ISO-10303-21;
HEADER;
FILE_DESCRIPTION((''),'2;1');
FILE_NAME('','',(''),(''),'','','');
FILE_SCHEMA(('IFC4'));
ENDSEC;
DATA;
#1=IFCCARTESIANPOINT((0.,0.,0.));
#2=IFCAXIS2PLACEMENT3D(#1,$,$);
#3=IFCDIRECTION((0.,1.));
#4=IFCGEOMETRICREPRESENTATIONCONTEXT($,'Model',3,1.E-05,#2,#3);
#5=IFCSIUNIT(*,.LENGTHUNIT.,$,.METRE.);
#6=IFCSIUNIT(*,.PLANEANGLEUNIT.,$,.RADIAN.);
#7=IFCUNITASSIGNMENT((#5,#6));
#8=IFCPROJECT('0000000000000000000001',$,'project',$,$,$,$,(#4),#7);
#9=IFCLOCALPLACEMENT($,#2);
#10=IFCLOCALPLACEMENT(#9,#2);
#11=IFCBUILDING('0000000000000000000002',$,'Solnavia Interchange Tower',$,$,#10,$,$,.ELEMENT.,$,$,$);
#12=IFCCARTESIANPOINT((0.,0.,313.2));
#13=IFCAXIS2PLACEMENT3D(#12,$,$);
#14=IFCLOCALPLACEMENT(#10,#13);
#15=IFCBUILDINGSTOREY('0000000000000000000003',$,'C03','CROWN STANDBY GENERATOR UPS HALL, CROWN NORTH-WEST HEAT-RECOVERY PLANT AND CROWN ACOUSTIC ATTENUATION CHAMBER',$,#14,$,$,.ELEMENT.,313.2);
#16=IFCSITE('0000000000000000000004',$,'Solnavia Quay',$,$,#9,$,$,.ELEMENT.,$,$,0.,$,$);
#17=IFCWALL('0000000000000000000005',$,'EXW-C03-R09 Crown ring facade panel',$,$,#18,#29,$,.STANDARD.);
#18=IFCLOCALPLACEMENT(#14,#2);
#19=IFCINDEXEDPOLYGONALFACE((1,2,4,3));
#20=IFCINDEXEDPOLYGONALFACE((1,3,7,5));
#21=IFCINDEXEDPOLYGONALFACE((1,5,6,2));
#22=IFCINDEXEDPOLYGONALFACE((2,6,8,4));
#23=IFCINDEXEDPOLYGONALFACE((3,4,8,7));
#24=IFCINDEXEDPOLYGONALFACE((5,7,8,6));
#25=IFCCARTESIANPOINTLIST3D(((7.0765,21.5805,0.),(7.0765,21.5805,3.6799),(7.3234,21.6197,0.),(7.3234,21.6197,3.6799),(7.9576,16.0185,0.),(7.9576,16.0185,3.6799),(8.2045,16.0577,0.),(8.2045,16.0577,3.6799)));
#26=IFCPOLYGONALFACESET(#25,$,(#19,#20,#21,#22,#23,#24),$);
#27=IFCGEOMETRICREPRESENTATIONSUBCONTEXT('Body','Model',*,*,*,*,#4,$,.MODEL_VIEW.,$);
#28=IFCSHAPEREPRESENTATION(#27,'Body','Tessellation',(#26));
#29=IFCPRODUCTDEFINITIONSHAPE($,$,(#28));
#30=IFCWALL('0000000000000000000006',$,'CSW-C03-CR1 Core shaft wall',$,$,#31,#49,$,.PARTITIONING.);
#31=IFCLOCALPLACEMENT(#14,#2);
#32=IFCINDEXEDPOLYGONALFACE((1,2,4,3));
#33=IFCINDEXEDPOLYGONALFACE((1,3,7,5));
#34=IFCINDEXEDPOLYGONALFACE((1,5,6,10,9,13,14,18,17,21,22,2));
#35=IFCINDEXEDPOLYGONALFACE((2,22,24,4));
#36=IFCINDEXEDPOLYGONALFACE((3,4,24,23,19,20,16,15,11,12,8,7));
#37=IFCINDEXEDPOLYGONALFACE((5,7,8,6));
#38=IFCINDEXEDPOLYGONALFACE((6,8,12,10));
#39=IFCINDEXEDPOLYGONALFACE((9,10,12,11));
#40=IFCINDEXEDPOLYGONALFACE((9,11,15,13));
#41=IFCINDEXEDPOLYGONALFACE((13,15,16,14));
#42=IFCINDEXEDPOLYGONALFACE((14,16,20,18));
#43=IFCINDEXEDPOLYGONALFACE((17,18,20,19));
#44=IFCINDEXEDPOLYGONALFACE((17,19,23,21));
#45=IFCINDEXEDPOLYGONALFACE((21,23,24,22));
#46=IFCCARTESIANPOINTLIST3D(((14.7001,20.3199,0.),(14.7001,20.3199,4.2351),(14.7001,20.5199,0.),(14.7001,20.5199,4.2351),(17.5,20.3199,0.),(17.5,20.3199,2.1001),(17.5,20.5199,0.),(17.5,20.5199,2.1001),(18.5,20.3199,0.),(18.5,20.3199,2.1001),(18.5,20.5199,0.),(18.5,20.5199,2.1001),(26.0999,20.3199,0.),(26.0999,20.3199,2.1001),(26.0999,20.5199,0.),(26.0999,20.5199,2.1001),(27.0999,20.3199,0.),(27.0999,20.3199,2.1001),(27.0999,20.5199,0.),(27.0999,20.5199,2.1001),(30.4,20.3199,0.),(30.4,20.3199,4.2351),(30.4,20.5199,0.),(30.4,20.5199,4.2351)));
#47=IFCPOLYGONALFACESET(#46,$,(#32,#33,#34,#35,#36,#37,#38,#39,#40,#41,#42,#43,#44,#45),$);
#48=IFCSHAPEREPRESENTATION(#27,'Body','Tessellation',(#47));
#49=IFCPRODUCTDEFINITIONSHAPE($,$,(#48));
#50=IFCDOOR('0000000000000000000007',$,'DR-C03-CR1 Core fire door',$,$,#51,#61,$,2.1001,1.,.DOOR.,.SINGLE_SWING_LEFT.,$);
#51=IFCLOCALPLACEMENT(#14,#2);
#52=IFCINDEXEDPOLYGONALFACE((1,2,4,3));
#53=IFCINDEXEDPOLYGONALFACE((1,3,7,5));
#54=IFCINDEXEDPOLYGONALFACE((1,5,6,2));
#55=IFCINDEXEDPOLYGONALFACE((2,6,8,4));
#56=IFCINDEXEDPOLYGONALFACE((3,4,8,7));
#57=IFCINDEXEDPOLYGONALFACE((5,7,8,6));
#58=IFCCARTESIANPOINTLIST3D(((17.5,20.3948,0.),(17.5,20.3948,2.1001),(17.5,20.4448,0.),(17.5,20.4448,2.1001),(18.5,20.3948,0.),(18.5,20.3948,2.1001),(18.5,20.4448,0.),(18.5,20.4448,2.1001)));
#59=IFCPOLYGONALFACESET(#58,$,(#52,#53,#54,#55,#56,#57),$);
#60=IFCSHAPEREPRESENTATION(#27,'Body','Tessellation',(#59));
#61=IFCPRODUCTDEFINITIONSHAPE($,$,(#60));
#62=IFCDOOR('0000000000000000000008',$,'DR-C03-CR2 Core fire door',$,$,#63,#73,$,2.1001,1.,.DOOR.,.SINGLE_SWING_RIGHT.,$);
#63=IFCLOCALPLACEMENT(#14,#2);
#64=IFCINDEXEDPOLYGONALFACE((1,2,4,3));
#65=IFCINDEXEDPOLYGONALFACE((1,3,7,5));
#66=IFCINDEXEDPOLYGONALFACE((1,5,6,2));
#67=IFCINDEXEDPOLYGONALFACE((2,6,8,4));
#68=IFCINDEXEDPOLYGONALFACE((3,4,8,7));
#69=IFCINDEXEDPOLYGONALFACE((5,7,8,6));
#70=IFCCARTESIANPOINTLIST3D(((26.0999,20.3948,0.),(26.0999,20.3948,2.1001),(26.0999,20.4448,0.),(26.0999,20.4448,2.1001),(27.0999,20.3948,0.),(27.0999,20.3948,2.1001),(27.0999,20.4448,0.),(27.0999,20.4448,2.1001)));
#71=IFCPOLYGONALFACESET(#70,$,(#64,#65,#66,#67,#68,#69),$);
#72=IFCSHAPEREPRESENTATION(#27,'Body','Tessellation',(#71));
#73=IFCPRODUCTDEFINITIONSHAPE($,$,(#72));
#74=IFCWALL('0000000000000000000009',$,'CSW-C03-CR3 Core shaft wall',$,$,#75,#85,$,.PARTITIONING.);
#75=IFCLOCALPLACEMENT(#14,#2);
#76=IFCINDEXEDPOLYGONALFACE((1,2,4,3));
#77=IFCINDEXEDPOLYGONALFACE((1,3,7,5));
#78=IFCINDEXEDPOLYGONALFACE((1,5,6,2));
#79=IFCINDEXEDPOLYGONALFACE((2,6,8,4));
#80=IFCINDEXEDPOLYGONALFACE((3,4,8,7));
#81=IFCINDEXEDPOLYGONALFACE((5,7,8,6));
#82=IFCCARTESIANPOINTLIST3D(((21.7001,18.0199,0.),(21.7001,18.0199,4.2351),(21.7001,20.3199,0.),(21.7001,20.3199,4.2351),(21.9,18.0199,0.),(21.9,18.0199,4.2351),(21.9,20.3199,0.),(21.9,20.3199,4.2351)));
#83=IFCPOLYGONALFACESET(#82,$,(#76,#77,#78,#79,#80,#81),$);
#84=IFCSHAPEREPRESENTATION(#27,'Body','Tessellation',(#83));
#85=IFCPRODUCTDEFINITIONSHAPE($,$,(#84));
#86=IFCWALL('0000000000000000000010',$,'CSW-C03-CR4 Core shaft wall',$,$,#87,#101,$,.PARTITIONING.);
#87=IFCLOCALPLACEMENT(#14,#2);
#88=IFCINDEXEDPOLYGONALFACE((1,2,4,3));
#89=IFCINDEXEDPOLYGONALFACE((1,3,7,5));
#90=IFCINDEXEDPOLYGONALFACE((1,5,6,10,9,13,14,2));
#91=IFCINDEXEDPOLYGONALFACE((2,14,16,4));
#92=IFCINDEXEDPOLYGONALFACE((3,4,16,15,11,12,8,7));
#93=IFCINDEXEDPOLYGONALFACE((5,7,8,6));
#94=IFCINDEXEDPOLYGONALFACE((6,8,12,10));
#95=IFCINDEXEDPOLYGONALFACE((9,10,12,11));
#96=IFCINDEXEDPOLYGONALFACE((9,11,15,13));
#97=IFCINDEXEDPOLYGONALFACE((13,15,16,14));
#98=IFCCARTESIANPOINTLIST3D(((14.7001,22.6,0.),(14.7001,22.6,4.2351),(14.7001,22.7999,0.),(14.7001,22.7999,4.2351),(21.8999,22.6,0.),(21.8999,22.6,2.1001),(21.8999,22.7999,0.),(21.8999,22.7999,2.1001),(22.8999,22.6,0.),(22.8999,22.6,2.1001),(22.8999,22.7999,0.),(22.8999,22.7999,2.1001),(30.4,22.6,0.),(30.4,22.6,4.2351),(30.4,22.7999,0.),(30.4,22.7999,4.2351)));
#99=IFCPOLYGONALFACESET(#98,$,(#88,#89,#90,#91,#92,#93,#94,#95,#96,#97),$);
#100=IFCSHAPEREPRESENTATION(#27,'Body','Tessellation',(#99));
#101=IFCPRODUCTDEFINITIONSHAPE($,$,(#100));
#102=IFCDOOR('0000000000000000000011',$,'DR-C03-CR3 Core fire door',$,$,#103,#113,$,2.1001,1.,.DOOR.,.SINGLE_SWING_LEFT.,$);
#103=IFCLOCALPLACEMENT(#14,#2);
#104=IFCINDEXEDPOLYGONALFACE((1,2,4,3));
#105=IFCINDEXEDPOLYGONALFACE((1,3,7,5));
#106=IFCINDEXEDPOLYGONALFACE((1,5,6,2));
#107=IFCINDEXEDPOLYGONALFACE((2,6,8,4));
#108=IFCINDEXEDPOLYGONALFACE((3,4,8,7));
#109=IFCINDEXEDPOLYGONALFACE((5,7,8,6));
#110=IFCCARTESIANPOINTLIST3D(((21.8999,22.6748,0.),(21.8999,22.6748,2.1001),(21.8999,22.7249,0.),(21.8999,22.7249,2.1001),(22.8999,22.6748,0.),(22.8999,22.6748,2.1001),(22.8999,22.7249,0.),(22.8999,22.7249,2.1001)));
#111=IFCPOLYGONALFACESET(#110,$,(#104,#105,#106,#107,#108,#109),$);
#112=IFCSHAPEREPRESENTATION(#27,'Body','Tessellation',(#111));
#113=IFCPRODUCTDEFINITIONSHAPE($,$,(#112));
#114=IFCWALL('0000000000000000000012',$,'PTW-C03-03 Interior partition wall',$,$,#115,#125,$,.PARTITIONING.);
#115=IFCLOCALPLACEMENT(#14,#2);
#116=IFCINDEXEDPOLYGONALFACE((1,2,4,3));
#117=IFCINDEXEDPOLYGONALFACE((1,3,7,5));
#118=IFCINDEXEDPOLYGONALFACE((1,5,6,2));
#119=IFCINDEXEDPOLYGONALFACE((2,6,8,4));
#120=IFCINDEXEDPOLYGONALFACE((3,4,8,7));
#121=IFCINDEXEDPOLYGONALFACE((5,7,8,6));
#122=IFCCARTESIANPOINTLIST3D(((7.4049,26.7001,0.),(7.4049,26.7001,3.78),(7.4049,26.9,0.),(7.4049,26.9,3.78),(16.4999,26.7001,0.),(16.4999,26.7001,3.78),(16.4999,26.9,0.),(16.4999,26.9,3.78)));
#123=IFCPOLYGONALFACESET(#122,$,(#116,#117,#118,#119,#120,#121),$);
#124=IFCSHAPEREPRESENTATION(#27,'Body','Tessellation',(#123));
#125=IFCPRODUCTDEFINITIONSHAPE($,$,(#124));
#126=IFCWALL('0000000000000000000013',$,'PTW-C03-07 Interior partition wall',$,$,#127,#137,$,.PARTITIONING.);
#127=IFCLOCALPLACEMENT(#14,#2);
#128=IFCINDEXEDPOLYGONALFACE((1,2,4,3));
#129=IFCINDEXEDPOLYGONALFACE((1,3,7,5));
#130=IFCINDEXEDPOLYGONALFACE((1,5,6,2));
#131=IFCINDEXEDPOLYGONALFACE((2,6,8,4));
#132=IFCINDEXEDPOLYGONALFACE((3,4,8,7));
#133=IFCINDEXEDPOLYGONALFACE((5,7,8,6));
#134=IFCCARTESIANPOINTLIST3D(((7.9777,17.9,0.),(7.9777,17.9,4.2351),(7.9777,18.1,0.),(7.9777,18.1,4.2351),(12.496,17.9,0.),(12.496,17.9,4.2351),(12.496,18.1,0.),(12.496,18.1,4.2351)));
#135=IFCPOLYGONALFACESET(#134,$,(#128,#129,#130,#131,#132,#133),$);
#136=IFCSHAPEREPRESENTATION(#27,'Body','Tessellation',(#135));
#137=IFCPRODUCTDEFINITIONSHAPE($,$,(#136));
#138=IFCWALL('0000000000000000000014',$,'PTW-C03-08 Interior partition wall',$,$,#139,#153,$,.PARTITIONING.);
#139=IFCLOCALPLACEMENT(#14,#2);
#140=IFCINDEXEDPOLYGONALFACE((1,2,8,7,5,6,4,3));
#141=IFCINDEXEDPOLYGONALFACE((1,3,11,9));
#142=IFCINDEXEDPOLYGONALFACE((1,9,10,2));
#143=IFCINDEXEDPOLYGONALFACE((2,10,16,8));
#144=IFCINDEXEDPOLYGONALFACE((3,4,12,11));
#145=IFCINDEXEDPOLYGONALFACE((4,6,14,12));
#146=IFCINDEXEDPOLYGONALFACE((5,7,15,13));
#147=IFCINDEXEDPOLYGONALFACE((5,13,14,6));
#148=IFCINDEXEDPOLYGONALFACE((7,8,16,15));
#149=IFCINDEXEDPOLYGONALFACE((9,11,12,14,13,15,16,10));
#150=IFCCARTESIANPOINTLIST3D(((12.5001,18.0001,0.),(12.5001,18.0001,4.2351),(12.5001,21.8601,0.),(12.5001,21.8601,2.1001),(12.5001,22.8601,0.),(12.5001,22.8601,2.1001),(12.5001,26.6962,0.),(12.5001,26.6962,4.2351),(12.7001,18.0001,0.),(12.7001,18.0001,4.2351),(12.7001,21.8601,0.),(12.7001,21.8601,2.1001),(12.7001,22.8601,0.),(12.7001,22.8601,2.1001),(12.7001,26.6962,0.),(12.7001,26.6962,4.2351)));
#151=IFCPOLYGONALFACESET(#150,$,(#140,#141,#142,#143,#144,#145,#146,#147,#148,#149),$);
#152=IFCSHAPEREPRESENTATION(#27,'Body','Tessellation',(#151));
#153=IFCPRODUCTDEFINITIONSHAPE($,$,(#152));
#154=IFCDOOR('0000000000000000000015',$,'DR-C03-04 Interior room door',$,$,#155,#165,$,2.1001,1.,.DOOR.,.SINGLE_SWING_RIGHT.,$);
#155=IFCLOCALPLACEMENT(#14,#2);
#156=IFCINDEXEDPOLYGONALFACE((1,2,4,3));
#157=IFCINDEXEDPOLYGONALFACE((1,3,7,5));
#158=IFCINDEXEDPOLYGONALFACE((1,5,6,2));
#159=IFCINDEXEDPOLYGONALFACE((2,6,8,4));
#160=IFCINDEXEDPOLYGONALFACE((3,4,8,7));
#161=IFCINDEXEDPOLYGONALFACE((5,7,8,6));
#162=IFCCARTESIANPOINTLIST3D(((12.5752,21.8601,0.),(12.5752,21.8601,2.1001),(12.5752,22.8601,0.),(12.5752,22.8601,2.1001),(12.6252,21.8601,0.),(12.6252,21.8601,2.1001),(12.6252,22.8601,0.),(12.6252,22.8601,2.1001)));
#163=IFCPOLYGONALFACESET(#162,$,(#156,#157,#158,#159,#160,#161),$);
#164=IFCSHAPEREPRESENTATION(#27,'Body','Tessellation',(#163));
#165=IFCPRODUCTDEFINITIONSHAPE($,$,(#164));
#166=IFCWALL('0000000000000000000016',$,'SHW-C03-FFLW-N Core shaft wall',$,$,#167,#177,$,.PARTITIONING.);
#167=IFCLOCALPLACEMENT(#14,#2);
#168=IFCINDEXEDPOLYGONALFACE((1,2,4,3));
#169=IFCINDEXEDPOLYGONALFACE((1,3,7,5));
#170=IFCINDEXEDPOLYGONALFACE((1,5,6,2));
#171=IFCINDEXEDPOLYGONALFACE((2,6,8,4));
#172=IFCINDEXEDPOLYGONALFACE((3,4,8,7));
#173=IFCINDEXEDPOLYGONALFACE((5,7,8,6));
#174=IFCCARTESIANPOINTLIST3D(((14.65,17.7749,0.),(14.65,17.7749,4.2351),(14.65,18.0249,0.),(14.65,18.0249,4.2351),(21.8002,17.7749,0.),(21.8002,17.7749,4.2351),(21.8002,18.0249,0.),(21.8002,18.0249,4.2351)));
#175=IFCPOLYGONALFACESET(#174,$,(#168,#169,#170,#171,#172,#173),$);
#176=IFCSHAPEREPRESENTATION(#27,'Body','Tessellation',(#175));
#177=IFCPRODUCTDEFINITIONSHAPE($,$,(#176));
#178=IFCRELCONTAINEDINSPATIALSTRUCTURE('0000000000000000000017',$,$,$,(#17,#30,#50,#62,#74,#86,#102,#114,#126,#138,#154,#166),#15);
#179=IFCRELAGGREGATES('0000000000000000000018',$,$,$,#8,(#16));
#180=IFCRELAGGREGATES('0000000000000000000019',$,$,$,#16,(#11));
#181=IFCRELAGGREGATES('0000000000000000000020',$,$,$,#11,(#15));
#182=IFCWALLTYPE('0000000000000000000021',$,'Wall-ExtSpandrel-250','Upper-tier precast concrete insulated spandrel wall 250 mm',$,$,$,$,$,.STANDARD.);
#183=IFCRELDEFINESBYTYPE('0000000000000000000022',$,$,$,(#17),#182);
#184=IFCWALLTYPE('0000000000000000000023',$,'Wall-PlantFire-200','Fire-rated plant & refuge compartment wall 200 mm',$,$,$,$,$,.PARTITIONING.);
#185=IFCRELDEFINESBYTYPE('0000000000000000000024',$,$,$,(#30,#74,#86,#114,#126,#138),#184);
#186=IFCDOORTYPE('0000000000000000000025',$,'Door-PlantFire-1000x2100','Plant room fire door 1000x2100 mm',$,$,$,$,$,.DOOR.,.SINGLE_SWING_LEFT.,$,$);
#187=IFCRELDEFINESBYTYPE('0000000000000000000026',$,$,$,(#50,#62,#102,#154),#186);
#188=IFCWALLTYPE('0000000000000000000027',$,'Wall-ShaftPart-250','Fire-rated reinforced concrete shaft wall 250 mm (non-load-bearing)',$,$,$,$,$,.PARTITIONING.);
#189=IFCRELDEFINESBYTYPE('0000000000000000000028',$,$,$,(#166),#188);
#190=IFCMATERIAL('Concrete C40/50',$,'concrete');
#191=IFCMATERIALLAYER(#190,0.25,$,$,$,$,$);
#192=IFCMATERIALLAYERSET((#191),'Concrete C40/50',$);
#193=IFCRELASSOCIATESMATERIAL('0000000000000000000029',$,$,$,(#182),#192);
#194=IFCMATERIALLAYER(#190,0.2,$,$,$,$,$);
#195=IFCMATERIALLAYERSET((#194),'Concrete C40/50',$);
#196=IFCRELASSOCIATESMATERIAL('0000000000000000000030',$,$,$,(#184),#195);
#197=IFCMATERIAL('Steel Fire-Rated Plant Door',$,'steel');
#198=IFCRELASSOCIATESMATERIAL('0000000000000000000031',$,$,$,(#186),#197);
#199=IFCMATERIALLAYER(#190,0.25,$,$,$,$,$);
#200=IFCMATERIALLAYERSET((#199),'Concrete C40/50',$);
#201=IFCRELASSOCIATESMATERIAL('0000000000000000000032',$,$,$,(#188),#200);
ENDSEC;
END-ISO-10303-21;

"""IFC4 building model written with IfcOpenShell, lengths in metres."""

from ifc_helpers import new_model, si_unit, direction, frame, frame_2d, origin, place, context, subcontext, project, spatial, rectangle, extrude, material, layer, layer_set, type_object, element, fill, save


model = new_model("IFC4")

# Units and contexts
model_context = context("Model", 3, precision=1e-05, world=origin(), true_north=direction((0.0, 1.0)))
body_context = subcontext(model_context, "Body", "Model", "MODEL_VIEW")
ifc_project = project(units=[si_unit("LENGTHUNIT", "METRE"), si_unit("PLANEANGLEUNIT", "RADIAN")], contexts=[model_context])

# Site, building, storey
site_placement = place(None, origin())
site = spatial("IfcSite", under=ifc_project, at=site_placement, Name="Solnavia Quay", CompositionType="ELEMENT", RefElevation=0.0)
building_placement = place(site_placement, origin())
building = spatial("IfcBuilding", under=site, at=building_placement, Name="Solnavia Interchange Tower", CompositionType="ELEMENT")
storey_placement = place(building_placement, frame((0.0, 0.0, 313.2)))
storey = spatial("IfcBuildingStorey", under=building, at=storey_placement, Name="C03", Description="CROWN STANDBY GENERATOR UPS HALL, CROWN NORTH-WEST HEAT-RECOVERY PLANT AND CROWN ACOUSTIC ATTENUATION CHAMBER", CompositionType="ELEMENT", Elevation=313.2)

# Wall
ifc_material_1 = material(Name="Concrete C40/50", Category="concrete")
ifc_layer_1 = layer(ifc_material_1, 0.25)
ifc_layer_set_1 = layer_set([ifc_layer_1], Name="Concrete C40/50")
wall_type_1 = type_object("IfcWallType", Name="Wall-ExtSpandrel-250", Description="Upper-tier precast concrete insulated spandrel wall 250 mm", PredefinedType="STANDARD", material=ifc_layer_set_1)
wall_1_placement = place(storey_placement, frame((7.2, 21.6001, 0.0), z_axis=(0.0, 0.0, 1.0), x_axis=(0.156463, -0.987684, 0.0)))
element("IfcWall", 1, at=wall_1_placement, inside=storey, type_object=wall_type_1, Name="EXW-C03-R09 Crown ring facade panel", PredefinedType="STANDARD", context=body_context, shape_type="SweptSolid", body=[
    extrude(rectangle(XDim=5.6313, YDim=0.25, at=frame_2d((2.8157, 0.0))), origin(), (0.0, 0.0, 1.0), 3.6799),
])

# Wall, openings, doors
ifc_layer_2 = layer(ifc_material_1, 0.2)
ifc_layer_set_2 = layer_set([ifc_layer_2], Name="Concrete C40/50")
wall_type_2 = type_object("IfcWallType", Name="Wall-PlantFire-200", Description="Fire-rated plant & refuge compartment wall 200 mm", PredefinedType="PARTITIONING", material=ifc_layer_set_2)
wall_2_placement = place(storey_placement, frame((14.7, 20.4199, 0.0), z_axis=(0.0, 0.0, 1.0), x_axis=(1.0, 0.0, 0.0)))
wall_2 = element("IfcWall", 2, at=wall_2_placement, inside=storey, type_object=wall_type_2, Name="CSW-C03-CR1 Core shaft wall", PredefinedType="PARTITIONING", context=body_context, shape_type="SweptSolid", body=[
    extrude(rectangle(XDim=15.7, YDim=0.2, at=frame_2d((7.8501, 0.0))), origin(), (0.0, 0.0, 1.0), 4.2351),
])
opening_1_placement = place(wall_2_placement, frame((2.8, 0.0, 0.0)))
opening_1 = element("IfcOpeningElement", 3, at=opening_1_placement, cuts=wall_2, PredefinedType="OPENING", context=body_context, shape_type="SweptSolid", body=[
    extrude(rectangle(XDim=1.0, YDim=2.1001, at=frame_2d((0.5, 1.05))), frame((0.0, 0.1099, 0.0), z_axis=(0.0, -1.0, 0.0), x_axis=(1.0, 0.0, 0.0)), (0.0, 0.0, 1.0), 0.22),
])
opening_2_placement = place(wall_2_placement, frame((11.3999, 0.0, 0.0)))
opening_2 = element("IfcOpeningElement", 4, at=opening_2_placement, cuts=wall_2, PredefinedType="OPENING", context=body_context, shape_type="SweptSolid", body=[
    extrude(rectangle(XDim=1.0, YDim=2.1001, at=frame_2d((0.5, 1.05))), frame((0.0, 0.1099, 0.0), z_axis=(0.0, -1.0, 0.0), x_axis=(1.0, 0.0, 0.0)), (0.0, 0.0, 1.0), 0.22),
])
ifc_material_2 = material(Name="Steel Fire-Rated Plant Door", Category="steel")
door_type = type_object("IfcDoorType", Name="Door-PlantFire-1000x2100", Description="Plant room fire door 1000x2100 mm", OperationType="SINGLE_SWING_LEFT", PredefinedType="DOOR", material=ifc_material_2)
door_1_placement = place(opening_1_placement, origin())
door_1 = element("IfcDoor", 5, at=door_1_placement, inside=storey, type_object=door_type, Name="DR-C03-CR1 Core fire door", OperationType="SINGLE_SWING_LEFT", OverallHeight=2.1001, OverallWidth=1.0, PredefinedType="DOOR", context=body_context, shape_type="SweptSolid", body=[
    extrude(rectangle(XDim=1.0, YDim=2.1001, at=frame_2d((0.5, 1.05))), frame((0.0, 0.0249, 0.0), z_axis=(0.0, -1.0, 0.0), x_axis=(1.0, 0.0, 0.0)), (0.0, 0.0, 1.0), 0.05),
])
fill(opening_1, door_1)
door_2_placement = place(opening_2_placement, origin())
door_2 = element("IfcDoor", 6, at=door_2_placement, inside=storey, type_object=door_type, Name="DR-C03-CR2 Core fire door", OperationType="SINGLE_SWING_RIGHT", OverallHeight=2.1001, OverallWidth=1.0, PredefinedType="DOOR", context=body_context, shape_type="SweptSolid", body=[
    extrude(rectangle(XDim=1.0, YDim=2.1001, at=frame_2d((0.5, 1.05))), frame((0.0, 0.0249, 0.0), z_axis=(0.0, -1.0, 0.0), x_axis=(1.0, 0.0, 0.0)), (0.0, 0.0, 1.0), 0.05),
])
fill(opening_2, door_2)

# Wall
wall_3_placement = place(storey_placement, frame((21.8, 18.02, 0.0), z_axis=(0.0, 0.0, 1.0), x_axis=(0.0, 1.0, 0.0)))
element("IfcWall", 7, at=wall_3_placement, inside=storey, type_object=wall_type_2, Name="CSW-C03-CR3 Core shaft wall", PredefinedType="PARTITIONING", context=body_context, shape_type="SweptSolid", body=[
    extrude(rectangle(XDim=2.3, YDim=0.2, at=frame_2d((1.1499, 0.0))), origin(), (0.0, 0.0, 1.0), 4.2351),
])

# Wall, opening, door
wall_4_placement = place(storey_placement, frame((14.7, 22.7, 0.0), z_axis=(0.0, 0.0, 1.0), x_axis=(1.0, 0.0, 0.0)))
wall_4 = element("IfcWall", 8, at=wall_4_placement, inside=storey, type_object=wall_type_2, Name="CSW-C03-CR4 Core shaft wall", PredefinedType="PARTITIONING", context=body_context, shape_type="SweptSolid", body=[
    extrude(rectangle(XDim=15.7, YDim=0.2, at=frame_2d((7.8501, 0.0))), origin(), (0.0, 0.0, 1.0), 4.2351),
])
opening_3_placement = place(wall_4_placement, frame((7.2, 0.0, 0.0)))
opening_3 = element("IfcOpeningElement", 9, at=opening_3_placement, cuts=wall_4, PredefinedType="OPENING", context=body_context, shape_type="SweptSolid", body=[
    extrude(rectangle(XDim=1.0, YDim=2.1001, at=frame_2d((0.5, 1.05))), frame((0.0, 0.1099, 0.0), z_axis=(0.0, -1.0, 0.0), x_axis=(1.0, 0.0, 0.0)), (0.0, 0.0, 1.0), 0.22),
])
door_3_placement = place(opening_3_placement, origin())
door_3 = element("IfcDoor", 10, at=door_3_placement, inside=storey, type_object=door_type, Name="DR-C03-CR3 Core fire door", OperationType="SINGLE_SWING_LEFT", OverallHeight=2.1001, OverallWidth=1.0, PredefinedType="DOOR", context=body_context, shape_type="SweptSolid", body=[
    extrude(rectangle(XDim=1.0, YDim=2.1001, at=frame_2d((0.5, 1.05))), frame((0.0, 0.0249, 0.0), z_axis=(0.0, -1.0, 0.0), x_axis=(1.0, 0.0, 0.0)), (0.0, 0.0, 1.0), 0.05),
])
fill(opening_3, door_3)

# Walls
wall_5_placement = place(storey_placement, frame((7.405, 26.8, 0.0), z_axis=(0.0, 0.0, 1.0), x_axis=(1.0, 0.0, 0.0)))
element("IfcWall", 11, at=wall_5_placement, inside=storey, type_object=wall_type_2, Name="PTW-C03-03 Interior partition wall", PredefinedType="PARTITIONING", context=body_context, shape_type="SweptSolid", body=[
    extrude(rectangle(XDim=9.095, YDim=0.2, at=frame_2d((4.5474, 0.0))), origin(), (0.0, 0.0, 1.0), 3.78),
])
wall_6_placement = place(storey_placement, frame((12.4961, 18.0, 0.0), z_axis=(0.0, 0.0, 1.0), x_axis=(-1.0, 0.0, 0.0)))
element("IfcWall", 12, at=wall_6_placement, inside=storey, type_object=wall_type_2, Name="PTW-C03-07 Interior partition wall", PredefinedType="PARTITIONING", context=body_context, shape_type="SweptSolid", body=[
    extrude(rectangle(XDim=4.5183, YDim=0.2, at=frame_2d((2.2593, 0.0))), origin(), (0.0, 0.0, 1.0), 4.2351),
])

# Wall, opening, door
wall_7_placement = place(storey_placement, frame((12.6001, 18.0, 0.0), z_axis=(0.0, 0.0, 1.0), x_axis=(0.0, 1.0, 0.0)))
wall_7 = element("IfcWall", 13, at=wall_7_placement, inside=storey, type_object=wall_type_2, Name="PTW-C03-08 Interior partition wall", PredefinedType="PARTITIONING", context=body_context, shape_type="SweptSolid", body=[
    extrude(rectangle(XDim=8.696, YDim=0.2, at=frame_2d((4.3481, 0.0))), origin(), (0.0, 0.0, 1.0), 4.2351),
])
opening_4_placement = place(wall_7_placement, frame((3.8601, 0.0, 0.0)))
opening_4 = element("IfcOpeningElement", 14, at=opening_4_placement, cuts=wall_7, PredefinedType="OPENING", context=body_context, shape_type="SweptSolid", body=[
    extrude(rectangle(XDim=1.0, YDim=2.1001, at=frame_2d((0.5, 1.05))), frame((0.0, 0.1099, 0.0), z_axis=(0.0, -1.0, 0.0), x_axis=(1.0, 0.0, 0.0)), (0.0, 0.0, 1.0), 0.22),
])
door_4_placement = place(opening_4_placement, origin())
door_4 = element("IfcDoor", 15, at=door_4_placement, inside=storey, type_object=door_type, Name="DR-C03-04 Interior room door", OperationType="SINGLE_SWING_RIGHT", OverallHeight=2.1001, OverallWidth=1.0, PredefinedType="DOOR", context=body_context, shape_type="SweptSolid", body=[
    extrude(rectangle(XDim=1.0, YDim=2.1001, at=frame_2d((0.5, 1.05))), frame((0.0, 0.0249, 0.0), z_axis=(0.0, -1.0, 0.0), x_axis=(1.0, 0.0, 0.0)), (0.0, 0.0, 1.0), 0.05),
])
fill(opening_4, door_4)

# Wall
ifc_layer_3 = layer(ifc_material_1, 0.25)
ifc_layer_set_3 = layer_set([ifc_layer_3], Name="Concrete C40/50")
wall_type_3 = type_object("IfcWallType", Name="Wall-ShaftPart-250", Description="Fire-rated reinforced concrete shaft wall 250 mm (non-load-bearing)", PredefinedType="PARTITIONING", material=ifc_layer_set_3)
wall_8_placement = place(storey_placement, frame((14.6499, 17.8999, 0.0), z_axis=(0.0, 0.0, 1.0), x_axis=(1.0, 0.0, 0.0)))
element("IfcWall", 16, at=wall_8_placement, inside=storey, type_object=wall_type_3, Name="SHW-C03-FFLW-N Core shaft wall", PredefinedType="PARTITIONING", context=body_context, shape_type="SweptSolid", body=[
    extrude(rectangle(XDim=7.1501, YDim=0.25, at=frame_2d((3.5752, 0.0))), origin(), (0.0, 0.0, 1.0), 4.2351),
])

save(model, "model.ifc")
